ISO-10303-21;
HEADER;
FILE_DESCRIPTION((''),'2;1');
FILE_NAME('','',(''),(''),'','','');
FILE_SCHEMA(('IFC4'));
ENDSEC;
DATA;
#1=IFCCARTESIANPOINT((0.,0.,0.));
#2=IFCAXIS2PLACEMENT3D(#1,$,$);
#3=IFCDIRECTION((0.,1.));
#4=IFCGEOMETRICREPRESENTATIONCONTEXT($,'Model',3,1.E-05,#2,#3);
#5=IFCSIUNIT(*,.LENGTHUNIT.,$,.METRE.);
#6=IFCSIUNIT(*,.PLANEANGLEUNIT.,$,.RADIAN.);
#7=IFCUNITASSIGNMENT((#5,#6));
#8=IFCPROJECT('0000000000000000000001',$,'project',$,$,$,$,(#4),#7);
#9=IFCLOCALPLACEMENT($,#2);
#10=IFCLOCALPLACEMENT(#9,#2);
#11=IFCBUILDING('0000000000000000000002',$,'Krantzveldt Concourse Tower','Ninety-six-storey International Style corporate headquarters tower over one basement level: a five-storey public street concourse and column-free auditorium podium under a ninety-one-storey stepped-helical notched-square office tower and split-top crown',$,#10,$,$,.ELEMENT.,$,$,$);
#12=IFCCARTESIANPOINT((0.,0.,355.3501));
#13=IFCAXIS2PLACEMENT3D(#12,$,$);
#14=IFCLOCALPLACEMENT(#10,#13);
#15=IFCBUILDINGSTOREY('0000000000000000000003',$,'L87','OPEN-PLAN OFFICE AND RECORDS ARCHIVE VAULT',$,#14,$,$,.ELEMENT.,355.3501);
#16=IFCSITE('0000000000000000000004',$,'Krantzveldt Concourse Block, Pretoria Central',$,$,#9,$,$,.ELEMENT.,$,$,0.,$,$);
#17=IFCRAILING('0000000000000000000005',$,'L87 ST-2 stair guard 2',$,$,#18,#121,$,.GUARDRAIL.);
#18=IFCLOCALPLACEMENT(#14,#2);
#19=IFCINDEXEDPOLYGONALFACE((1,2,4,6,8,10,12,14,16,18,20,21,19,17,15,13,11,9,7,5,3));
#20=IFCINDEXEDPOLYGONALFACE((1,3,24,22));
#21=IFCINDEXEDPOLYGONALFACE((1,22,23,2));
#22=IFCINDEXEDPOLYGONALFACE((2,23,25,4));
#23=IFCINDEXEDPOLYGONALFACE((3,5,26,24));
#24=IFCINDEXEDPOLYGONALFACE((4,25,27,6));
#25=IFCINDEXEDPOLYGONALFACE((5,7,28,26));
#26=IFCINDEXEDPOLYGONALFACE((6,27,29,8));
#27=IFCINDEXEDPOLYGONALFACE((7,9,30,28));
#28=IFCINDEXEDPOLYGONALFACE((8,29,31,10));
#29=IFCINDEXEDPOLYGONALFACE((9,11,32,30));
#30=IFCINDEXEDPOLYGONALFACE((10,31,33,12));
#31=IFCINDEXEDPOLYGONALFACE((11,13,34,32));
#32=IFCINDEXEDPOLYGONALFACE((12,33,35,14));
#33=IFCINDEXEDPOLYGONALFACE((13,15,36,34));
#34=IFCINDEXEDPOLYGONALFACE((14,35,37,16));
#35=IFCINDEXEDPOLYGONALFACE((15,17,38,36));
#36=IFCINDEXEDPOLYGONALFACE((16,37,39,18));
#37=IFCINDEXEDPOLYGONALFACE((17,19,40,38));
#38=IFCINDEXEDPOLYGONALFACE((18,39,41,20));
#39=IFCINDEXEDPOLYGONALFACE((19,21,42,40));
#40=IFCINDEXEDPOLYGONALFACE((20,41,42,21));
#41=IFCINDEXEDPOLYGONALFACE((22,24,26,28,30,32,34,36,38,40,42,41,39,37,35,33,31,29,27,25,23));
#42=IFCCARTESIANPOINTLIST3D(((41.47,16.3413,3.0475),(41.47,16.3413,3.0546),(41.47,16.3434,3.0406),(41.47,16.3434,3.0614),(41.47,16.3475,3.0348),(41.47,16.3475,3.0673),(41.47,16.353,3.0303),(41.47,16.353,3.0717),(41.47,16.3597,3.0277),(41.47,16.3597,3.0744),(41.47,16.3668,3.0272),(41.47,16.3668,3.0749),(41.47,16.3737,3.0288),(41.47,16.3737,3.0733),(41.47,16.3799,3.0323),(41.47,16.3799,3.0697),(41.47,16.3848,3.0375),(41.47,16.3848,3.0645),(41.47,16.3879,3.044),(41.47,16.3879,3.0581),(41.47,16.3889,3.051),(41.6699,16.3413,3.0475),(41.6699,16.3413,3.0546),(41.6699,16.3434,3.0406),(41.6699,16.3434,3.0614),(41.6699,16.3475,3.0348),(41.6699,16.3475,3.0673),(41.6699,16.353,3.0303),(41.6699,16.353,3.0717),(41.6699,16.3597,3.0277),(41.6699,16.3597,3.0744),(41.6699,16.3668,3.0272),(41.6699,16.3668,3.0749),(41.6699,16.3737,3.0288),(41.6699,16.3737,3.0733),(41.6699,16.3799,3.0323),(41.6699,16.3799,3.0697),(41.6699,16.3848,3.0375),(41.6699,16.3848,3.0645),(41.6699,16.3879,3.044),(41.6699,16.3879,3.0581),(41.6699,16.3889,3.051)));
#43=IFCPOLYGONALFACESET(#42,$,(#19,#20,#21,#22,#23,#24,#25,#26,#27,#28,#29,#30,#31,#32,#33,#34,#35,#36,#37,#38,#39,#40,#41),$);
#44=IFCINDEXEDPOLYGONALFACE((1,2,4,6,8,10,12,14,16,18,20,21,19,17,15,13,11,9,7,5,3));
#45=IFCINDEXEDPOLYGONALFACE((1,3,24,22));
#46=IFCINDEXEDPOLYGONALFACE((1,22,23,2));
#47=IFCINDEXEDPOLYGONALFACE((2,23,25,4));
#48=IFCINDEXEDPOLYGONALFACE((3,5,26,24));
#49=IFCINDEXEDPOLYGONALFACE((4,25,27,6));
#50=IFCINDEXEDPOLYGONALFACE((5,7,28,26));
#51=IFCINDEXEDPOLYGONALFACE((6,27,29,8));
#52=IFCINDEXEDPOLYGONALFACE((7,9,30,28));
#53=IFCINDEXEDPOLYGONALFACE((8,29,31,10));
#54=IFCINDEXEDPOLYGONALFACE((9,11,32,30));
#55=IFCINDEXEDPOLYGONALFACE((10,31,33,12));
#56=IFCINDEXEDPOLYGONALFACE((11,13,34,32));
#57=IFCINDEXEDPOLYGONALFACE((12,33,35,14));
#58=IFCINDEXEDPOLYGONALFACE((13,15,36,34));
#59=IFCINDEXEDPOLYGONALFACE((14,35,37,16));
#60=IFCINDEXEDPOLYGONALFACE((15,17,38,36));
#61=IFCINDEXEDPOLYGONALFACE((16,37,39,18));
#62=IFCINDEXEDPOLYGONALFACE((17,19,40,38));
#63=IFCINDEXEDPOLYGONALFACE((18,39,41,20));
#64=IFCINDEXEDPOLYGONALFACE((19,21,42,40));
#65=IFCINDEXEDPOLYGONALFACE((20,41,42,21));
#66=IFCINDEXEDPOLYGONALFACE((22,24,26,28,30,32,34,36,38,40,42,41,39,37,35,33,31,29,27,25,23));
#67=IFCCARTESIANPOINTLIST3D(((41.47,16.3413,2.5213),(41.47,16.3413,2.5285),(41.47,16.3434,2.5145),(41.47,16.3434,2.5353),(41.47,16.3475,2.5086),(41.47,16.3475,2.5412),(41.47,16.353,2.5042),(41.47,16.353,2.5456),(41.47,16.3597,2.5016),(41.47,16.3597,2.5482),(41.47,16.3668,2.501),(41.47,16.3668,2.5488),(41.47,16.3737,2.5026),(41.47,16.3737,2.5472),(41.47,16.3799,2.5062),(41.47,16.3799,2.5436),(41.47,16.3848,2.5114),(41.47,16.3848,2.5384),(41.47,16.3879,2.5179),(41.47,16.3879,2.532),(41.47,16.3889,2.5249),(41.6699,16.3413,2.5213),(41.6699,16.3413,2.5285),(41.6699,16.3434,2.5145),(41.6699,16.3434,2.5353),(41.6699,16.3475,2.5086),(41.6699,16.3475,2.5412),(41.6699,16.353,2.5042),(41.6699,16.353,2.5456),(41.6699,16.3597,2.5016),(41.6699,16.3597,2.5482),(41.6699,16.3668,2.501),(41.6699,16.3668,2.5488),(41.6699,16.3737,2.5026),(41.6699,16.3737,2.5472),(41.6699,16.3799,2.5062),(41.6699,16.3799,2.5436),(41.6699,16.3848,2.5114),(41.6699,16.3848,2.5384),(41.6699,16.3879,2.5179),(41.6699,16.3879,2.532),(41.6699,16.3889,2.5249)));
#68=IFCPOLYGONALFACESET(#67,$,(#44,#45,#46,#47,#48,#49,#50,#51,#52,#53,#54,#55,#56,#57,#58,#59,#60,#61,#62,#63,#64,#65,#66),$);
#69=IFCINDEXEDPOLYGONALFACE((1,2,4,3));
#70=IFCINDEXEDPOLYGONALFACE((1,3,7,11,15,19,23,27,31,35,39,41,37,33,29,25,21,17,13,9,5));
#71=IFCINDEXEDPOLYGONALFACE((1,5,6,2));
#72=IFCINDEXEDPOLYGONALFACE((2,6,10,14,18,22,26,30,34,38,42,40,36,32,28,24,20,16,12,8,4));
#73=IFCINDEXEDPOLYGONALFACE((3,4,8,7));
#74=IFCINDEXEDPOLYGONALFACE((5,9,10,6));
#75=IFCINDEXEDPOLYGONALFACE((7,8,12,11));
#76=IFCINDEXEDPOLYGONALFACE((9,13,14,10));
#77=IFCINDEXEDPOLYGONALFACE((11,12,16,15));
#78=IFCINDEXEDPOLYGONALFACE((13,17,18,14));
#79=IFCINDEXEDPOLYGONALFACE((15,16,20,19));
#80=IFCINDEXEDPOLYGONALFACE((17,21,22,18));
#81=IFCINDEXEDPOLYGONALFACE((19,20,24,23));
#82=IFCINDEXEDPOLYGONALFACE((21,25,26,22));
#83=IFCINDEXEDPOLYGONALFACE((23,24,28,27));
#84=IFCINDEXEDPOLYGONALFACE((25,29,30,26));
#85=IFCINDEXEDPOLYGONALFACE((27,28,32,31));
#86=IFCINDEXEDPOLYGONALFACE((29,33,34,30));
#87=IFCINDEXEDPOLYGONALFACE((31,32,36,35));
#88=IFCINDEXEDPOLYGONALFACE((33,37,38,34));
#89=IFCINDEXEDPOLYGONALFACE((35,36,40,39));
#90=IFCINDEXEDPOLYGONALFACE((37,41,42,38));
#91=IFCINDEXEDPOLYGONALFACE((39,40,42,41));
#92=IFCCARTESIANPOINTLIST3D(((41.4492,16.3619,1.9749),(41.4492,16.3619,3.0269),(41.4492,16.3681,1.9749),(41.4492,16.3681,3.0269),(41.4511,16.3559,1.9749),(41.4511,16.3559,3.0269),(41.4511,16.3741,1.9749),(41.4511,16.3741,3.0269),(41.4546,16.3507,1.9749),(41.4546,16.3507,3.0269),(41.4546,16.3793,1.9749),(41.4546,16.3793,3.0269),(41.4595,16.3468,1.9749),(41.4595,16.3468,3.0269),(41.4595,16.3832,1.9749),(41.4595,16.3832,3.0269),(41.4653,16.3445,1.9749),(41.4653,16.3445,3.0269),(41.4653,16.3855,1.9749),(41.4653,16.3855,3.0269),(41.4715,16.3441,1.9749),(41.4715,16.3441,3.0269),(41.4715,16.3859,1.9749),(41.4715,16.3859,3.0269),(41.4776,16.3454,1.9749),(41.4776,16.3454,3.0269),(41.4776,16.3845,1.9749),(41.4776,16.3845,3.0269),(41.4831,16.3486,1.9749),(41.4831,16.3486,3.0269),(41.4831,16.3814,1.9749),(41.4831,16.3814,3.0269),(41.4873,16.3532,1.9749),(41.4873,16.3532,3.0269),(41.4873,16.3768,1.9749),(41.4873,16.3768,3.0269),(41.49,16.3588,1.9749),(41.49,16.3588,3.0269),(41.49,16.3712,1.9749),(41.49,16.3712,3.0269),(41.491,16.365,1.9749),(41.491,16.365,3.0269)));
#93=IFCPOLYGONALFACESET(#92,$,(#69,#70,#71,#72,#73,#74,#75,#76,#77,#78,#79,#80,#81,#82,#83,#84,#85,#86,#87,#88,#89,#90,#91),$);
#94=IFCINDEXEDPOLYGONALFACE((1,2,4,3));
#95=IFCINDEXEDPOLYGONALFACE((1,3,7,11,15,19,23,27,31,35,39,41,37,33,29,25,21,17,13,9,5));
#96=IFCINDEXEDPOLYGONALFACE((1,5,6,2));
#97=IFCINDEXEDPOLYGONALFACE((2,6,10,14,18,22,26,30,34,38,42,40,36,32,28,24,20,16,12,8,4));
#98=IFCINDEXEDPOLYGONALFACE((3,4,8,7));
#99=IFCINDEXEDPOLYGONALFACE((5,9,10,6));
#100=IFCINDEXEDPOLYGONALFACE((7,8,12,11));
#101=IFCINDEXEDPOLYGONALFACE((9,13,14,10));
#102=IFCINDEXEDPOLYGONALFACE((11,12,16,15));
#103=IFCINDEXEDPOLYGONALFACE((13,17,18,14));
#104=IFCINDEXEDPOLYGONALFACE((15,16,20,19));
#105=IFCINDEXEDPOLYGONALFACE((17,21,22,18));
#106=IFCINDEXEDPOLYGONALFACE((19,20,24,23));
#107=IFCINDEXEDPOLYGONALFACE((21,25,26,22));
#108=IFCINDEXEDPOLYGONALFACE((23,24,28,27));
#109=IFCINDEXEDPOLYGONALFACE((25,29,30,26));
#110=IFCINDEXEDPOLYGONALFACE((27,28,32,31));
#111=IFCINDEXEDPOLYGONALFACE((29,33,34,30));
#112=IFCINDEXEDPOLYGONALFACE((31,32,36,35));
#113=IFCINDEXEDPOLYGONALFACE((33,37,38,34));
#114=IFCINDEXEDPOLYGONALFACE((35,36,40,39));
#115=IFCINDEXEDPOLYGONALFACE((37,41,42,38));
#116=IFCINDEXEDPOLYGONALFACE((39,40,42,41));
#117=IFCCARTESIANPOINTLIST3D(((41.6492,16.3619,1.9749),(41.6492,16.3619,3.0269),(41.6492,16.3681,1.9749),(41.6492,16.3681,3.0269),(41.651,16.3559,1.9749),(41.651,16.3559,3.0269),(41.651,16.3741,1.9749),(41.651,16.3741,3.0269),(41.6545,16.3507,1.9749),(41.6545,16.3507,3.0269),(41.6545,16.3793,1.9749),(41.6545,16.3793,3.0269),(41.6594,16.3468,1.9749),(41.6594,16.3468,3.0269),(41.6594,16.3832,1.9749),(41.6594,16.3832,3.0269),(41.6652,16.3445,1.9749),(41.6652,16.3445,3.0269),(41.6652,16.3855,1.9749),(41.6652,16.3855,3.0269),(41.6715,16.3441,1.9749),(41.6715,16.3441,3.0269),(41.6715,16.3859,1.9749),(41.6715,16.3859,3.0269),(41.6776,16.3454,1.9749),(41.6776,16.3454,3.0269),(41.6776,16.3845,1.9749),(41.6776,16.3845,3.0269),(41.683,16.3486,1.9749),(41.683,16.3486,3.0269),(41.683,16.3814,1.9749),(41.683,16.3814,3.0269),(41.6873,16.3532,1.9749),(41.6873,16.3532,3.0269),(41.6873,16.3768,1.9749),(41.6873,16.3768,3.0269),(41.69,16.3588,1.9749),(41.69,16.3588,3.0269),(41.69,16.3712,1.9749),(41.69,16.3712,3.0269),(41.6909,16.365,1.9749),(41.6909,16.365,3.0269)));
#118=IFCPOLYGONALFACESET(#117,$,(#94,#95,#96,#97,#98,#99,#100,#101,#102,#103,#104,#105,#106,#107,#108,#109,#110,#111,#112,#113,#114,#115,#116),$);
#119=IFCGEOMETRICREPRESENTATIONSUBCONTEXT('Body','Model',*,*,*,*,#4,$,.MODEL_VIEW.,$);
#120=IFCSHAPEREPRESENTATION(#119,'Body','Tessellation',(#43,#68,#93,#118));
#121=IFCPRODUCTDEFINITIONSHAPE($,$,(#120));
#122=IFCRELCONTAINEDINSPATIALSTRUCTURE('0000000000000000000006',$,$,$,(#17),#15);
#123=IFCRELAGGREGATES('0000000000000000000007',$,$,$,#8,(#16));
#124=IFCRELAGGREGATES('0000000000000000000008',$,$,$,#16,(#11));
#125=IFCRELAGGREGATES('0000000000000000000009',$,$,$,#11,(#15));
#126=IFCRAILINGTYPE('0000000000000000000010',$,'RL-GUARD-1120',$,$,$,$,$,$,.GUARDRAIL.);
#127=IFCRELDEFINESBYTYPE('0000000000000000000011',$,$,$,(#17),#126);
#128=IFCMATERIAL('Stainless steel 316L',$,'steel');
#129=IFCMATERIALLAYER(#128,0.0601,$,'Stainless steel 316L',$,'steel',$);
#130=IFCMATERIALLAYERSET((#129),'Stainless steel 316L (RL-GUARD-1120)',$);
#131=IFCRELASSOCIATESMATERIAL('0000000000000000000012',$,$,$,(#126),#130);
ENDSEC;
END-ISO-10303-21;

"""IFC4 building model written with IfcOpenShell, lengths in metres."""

from ifc_helpers import new_model, si_unit, direction, frame, origin, origin_2d, place, context, subcontext, project, spatial, circle, extrude, material, layer, layer_set, type_object, element, save


model = new_model("IFC4")

# Units and contexts
model_context = context("Model", 3, precision=1e-05, world=origin(), true_north=direction((0.0, 1.0)))
body_context = subcontext(model_context, "Body", "Model", "MODEL_VIEW")
ifc_project = project(units=[si_unit("LENGTHUNIT", "METRE"), si_unit("PLANEANGLEUNIT", "RADIAN")], contexts=[model_context])

# Site, building, storey
site_placement = place(None, origin())
site = spatial("IfcSite", under=ifc_project, at=site_placement, Name="Krantzveldt Concourse Block, Pretoria Central", CompositionType="ELEMENT", RefElevation=0.0)
building_placement = place(site_placement, origin())
building = spatial("IfcBuilding", under=site, at=building_placement, Name="Krantzveldt Concourse Tower", Description="Ninety-six-storey International Style corporate headquarters tower over one basement level: a five-storey public street concourse and column-free auditorium podium under a ninety-one-storey stepped-helical notched-square office tower and split-top crown", CompositionType="ELEMENT")
storey_placement = place(building_placement, frame((0.0, 0.0, 355.3501)))
storey = spatial("IfcBuildingStorey", under=building, at=storey_placement, Name="L87", Description="OPEN-PLAN OFFICE AND RECORDS ARCHIVE VAULT", CompositionType="ELEMENT", Elevation=355.3501)

# Shared definitions
ifc_material_1 = material(Name="Stainless steel 316L", Category="steel")

# Railing
ifc_layer_1 = layer(ifc_material_1, 0.0601, Name="Stainless steel 316L", Category="steel")
ifc_layer_set_1 = layer_set([ifc_layer_1], Name="Stainless steel 316L (RL-GUARD-1120)")
railing_type_1 = type_object("IfcRailingType", Name="RL-GUARD-1120", PredefinedType="GUARDRAIL", material=ifc_layer_set_1)
for number, where, name in (
    (1, (41.47, 16.365, 1.9749), "L87 ST-2 stair guard 2"),
):
    element("IfcRailing", number, at=place(storey_placement, frame(where)), inside=storey, type_object=railing_type_1, Name=name, PredefinedType="GUARDRAIL", context=body_context, shape_type="SweptSolid", body=[
        extrude(circle(Radius=0.0239, at=origin_2d()), frame((0.0, 0.0, 1.0762), z_axis=(1.0, 0.0, 0.0), x_axis=(0.0, 1.0, 0.0)), (0.0, 0.0, 1.0), 0.2),
        extrude(circle(Radius=0.0239, at=origin_2d()), frame((0.0, 0.0, 0.55), z_axis=(1.0, 0.0, 0.0), x_axis=(0.0, 1.0, 0.0)), (0.0, 0.0, 1.0), 0.2),
        extrude(circle(Radius=0.021, at=origin_2d()), origin(), (0.0, 0.0, 1.0), 1.052),
        extrude(circle(Radius=0.021, at=origin_2d()), frame((0.2, 0.0, 0.0)), (0.0, 0.0, 1.0), 1.052),
    ])

save(model, "model.ifc")
